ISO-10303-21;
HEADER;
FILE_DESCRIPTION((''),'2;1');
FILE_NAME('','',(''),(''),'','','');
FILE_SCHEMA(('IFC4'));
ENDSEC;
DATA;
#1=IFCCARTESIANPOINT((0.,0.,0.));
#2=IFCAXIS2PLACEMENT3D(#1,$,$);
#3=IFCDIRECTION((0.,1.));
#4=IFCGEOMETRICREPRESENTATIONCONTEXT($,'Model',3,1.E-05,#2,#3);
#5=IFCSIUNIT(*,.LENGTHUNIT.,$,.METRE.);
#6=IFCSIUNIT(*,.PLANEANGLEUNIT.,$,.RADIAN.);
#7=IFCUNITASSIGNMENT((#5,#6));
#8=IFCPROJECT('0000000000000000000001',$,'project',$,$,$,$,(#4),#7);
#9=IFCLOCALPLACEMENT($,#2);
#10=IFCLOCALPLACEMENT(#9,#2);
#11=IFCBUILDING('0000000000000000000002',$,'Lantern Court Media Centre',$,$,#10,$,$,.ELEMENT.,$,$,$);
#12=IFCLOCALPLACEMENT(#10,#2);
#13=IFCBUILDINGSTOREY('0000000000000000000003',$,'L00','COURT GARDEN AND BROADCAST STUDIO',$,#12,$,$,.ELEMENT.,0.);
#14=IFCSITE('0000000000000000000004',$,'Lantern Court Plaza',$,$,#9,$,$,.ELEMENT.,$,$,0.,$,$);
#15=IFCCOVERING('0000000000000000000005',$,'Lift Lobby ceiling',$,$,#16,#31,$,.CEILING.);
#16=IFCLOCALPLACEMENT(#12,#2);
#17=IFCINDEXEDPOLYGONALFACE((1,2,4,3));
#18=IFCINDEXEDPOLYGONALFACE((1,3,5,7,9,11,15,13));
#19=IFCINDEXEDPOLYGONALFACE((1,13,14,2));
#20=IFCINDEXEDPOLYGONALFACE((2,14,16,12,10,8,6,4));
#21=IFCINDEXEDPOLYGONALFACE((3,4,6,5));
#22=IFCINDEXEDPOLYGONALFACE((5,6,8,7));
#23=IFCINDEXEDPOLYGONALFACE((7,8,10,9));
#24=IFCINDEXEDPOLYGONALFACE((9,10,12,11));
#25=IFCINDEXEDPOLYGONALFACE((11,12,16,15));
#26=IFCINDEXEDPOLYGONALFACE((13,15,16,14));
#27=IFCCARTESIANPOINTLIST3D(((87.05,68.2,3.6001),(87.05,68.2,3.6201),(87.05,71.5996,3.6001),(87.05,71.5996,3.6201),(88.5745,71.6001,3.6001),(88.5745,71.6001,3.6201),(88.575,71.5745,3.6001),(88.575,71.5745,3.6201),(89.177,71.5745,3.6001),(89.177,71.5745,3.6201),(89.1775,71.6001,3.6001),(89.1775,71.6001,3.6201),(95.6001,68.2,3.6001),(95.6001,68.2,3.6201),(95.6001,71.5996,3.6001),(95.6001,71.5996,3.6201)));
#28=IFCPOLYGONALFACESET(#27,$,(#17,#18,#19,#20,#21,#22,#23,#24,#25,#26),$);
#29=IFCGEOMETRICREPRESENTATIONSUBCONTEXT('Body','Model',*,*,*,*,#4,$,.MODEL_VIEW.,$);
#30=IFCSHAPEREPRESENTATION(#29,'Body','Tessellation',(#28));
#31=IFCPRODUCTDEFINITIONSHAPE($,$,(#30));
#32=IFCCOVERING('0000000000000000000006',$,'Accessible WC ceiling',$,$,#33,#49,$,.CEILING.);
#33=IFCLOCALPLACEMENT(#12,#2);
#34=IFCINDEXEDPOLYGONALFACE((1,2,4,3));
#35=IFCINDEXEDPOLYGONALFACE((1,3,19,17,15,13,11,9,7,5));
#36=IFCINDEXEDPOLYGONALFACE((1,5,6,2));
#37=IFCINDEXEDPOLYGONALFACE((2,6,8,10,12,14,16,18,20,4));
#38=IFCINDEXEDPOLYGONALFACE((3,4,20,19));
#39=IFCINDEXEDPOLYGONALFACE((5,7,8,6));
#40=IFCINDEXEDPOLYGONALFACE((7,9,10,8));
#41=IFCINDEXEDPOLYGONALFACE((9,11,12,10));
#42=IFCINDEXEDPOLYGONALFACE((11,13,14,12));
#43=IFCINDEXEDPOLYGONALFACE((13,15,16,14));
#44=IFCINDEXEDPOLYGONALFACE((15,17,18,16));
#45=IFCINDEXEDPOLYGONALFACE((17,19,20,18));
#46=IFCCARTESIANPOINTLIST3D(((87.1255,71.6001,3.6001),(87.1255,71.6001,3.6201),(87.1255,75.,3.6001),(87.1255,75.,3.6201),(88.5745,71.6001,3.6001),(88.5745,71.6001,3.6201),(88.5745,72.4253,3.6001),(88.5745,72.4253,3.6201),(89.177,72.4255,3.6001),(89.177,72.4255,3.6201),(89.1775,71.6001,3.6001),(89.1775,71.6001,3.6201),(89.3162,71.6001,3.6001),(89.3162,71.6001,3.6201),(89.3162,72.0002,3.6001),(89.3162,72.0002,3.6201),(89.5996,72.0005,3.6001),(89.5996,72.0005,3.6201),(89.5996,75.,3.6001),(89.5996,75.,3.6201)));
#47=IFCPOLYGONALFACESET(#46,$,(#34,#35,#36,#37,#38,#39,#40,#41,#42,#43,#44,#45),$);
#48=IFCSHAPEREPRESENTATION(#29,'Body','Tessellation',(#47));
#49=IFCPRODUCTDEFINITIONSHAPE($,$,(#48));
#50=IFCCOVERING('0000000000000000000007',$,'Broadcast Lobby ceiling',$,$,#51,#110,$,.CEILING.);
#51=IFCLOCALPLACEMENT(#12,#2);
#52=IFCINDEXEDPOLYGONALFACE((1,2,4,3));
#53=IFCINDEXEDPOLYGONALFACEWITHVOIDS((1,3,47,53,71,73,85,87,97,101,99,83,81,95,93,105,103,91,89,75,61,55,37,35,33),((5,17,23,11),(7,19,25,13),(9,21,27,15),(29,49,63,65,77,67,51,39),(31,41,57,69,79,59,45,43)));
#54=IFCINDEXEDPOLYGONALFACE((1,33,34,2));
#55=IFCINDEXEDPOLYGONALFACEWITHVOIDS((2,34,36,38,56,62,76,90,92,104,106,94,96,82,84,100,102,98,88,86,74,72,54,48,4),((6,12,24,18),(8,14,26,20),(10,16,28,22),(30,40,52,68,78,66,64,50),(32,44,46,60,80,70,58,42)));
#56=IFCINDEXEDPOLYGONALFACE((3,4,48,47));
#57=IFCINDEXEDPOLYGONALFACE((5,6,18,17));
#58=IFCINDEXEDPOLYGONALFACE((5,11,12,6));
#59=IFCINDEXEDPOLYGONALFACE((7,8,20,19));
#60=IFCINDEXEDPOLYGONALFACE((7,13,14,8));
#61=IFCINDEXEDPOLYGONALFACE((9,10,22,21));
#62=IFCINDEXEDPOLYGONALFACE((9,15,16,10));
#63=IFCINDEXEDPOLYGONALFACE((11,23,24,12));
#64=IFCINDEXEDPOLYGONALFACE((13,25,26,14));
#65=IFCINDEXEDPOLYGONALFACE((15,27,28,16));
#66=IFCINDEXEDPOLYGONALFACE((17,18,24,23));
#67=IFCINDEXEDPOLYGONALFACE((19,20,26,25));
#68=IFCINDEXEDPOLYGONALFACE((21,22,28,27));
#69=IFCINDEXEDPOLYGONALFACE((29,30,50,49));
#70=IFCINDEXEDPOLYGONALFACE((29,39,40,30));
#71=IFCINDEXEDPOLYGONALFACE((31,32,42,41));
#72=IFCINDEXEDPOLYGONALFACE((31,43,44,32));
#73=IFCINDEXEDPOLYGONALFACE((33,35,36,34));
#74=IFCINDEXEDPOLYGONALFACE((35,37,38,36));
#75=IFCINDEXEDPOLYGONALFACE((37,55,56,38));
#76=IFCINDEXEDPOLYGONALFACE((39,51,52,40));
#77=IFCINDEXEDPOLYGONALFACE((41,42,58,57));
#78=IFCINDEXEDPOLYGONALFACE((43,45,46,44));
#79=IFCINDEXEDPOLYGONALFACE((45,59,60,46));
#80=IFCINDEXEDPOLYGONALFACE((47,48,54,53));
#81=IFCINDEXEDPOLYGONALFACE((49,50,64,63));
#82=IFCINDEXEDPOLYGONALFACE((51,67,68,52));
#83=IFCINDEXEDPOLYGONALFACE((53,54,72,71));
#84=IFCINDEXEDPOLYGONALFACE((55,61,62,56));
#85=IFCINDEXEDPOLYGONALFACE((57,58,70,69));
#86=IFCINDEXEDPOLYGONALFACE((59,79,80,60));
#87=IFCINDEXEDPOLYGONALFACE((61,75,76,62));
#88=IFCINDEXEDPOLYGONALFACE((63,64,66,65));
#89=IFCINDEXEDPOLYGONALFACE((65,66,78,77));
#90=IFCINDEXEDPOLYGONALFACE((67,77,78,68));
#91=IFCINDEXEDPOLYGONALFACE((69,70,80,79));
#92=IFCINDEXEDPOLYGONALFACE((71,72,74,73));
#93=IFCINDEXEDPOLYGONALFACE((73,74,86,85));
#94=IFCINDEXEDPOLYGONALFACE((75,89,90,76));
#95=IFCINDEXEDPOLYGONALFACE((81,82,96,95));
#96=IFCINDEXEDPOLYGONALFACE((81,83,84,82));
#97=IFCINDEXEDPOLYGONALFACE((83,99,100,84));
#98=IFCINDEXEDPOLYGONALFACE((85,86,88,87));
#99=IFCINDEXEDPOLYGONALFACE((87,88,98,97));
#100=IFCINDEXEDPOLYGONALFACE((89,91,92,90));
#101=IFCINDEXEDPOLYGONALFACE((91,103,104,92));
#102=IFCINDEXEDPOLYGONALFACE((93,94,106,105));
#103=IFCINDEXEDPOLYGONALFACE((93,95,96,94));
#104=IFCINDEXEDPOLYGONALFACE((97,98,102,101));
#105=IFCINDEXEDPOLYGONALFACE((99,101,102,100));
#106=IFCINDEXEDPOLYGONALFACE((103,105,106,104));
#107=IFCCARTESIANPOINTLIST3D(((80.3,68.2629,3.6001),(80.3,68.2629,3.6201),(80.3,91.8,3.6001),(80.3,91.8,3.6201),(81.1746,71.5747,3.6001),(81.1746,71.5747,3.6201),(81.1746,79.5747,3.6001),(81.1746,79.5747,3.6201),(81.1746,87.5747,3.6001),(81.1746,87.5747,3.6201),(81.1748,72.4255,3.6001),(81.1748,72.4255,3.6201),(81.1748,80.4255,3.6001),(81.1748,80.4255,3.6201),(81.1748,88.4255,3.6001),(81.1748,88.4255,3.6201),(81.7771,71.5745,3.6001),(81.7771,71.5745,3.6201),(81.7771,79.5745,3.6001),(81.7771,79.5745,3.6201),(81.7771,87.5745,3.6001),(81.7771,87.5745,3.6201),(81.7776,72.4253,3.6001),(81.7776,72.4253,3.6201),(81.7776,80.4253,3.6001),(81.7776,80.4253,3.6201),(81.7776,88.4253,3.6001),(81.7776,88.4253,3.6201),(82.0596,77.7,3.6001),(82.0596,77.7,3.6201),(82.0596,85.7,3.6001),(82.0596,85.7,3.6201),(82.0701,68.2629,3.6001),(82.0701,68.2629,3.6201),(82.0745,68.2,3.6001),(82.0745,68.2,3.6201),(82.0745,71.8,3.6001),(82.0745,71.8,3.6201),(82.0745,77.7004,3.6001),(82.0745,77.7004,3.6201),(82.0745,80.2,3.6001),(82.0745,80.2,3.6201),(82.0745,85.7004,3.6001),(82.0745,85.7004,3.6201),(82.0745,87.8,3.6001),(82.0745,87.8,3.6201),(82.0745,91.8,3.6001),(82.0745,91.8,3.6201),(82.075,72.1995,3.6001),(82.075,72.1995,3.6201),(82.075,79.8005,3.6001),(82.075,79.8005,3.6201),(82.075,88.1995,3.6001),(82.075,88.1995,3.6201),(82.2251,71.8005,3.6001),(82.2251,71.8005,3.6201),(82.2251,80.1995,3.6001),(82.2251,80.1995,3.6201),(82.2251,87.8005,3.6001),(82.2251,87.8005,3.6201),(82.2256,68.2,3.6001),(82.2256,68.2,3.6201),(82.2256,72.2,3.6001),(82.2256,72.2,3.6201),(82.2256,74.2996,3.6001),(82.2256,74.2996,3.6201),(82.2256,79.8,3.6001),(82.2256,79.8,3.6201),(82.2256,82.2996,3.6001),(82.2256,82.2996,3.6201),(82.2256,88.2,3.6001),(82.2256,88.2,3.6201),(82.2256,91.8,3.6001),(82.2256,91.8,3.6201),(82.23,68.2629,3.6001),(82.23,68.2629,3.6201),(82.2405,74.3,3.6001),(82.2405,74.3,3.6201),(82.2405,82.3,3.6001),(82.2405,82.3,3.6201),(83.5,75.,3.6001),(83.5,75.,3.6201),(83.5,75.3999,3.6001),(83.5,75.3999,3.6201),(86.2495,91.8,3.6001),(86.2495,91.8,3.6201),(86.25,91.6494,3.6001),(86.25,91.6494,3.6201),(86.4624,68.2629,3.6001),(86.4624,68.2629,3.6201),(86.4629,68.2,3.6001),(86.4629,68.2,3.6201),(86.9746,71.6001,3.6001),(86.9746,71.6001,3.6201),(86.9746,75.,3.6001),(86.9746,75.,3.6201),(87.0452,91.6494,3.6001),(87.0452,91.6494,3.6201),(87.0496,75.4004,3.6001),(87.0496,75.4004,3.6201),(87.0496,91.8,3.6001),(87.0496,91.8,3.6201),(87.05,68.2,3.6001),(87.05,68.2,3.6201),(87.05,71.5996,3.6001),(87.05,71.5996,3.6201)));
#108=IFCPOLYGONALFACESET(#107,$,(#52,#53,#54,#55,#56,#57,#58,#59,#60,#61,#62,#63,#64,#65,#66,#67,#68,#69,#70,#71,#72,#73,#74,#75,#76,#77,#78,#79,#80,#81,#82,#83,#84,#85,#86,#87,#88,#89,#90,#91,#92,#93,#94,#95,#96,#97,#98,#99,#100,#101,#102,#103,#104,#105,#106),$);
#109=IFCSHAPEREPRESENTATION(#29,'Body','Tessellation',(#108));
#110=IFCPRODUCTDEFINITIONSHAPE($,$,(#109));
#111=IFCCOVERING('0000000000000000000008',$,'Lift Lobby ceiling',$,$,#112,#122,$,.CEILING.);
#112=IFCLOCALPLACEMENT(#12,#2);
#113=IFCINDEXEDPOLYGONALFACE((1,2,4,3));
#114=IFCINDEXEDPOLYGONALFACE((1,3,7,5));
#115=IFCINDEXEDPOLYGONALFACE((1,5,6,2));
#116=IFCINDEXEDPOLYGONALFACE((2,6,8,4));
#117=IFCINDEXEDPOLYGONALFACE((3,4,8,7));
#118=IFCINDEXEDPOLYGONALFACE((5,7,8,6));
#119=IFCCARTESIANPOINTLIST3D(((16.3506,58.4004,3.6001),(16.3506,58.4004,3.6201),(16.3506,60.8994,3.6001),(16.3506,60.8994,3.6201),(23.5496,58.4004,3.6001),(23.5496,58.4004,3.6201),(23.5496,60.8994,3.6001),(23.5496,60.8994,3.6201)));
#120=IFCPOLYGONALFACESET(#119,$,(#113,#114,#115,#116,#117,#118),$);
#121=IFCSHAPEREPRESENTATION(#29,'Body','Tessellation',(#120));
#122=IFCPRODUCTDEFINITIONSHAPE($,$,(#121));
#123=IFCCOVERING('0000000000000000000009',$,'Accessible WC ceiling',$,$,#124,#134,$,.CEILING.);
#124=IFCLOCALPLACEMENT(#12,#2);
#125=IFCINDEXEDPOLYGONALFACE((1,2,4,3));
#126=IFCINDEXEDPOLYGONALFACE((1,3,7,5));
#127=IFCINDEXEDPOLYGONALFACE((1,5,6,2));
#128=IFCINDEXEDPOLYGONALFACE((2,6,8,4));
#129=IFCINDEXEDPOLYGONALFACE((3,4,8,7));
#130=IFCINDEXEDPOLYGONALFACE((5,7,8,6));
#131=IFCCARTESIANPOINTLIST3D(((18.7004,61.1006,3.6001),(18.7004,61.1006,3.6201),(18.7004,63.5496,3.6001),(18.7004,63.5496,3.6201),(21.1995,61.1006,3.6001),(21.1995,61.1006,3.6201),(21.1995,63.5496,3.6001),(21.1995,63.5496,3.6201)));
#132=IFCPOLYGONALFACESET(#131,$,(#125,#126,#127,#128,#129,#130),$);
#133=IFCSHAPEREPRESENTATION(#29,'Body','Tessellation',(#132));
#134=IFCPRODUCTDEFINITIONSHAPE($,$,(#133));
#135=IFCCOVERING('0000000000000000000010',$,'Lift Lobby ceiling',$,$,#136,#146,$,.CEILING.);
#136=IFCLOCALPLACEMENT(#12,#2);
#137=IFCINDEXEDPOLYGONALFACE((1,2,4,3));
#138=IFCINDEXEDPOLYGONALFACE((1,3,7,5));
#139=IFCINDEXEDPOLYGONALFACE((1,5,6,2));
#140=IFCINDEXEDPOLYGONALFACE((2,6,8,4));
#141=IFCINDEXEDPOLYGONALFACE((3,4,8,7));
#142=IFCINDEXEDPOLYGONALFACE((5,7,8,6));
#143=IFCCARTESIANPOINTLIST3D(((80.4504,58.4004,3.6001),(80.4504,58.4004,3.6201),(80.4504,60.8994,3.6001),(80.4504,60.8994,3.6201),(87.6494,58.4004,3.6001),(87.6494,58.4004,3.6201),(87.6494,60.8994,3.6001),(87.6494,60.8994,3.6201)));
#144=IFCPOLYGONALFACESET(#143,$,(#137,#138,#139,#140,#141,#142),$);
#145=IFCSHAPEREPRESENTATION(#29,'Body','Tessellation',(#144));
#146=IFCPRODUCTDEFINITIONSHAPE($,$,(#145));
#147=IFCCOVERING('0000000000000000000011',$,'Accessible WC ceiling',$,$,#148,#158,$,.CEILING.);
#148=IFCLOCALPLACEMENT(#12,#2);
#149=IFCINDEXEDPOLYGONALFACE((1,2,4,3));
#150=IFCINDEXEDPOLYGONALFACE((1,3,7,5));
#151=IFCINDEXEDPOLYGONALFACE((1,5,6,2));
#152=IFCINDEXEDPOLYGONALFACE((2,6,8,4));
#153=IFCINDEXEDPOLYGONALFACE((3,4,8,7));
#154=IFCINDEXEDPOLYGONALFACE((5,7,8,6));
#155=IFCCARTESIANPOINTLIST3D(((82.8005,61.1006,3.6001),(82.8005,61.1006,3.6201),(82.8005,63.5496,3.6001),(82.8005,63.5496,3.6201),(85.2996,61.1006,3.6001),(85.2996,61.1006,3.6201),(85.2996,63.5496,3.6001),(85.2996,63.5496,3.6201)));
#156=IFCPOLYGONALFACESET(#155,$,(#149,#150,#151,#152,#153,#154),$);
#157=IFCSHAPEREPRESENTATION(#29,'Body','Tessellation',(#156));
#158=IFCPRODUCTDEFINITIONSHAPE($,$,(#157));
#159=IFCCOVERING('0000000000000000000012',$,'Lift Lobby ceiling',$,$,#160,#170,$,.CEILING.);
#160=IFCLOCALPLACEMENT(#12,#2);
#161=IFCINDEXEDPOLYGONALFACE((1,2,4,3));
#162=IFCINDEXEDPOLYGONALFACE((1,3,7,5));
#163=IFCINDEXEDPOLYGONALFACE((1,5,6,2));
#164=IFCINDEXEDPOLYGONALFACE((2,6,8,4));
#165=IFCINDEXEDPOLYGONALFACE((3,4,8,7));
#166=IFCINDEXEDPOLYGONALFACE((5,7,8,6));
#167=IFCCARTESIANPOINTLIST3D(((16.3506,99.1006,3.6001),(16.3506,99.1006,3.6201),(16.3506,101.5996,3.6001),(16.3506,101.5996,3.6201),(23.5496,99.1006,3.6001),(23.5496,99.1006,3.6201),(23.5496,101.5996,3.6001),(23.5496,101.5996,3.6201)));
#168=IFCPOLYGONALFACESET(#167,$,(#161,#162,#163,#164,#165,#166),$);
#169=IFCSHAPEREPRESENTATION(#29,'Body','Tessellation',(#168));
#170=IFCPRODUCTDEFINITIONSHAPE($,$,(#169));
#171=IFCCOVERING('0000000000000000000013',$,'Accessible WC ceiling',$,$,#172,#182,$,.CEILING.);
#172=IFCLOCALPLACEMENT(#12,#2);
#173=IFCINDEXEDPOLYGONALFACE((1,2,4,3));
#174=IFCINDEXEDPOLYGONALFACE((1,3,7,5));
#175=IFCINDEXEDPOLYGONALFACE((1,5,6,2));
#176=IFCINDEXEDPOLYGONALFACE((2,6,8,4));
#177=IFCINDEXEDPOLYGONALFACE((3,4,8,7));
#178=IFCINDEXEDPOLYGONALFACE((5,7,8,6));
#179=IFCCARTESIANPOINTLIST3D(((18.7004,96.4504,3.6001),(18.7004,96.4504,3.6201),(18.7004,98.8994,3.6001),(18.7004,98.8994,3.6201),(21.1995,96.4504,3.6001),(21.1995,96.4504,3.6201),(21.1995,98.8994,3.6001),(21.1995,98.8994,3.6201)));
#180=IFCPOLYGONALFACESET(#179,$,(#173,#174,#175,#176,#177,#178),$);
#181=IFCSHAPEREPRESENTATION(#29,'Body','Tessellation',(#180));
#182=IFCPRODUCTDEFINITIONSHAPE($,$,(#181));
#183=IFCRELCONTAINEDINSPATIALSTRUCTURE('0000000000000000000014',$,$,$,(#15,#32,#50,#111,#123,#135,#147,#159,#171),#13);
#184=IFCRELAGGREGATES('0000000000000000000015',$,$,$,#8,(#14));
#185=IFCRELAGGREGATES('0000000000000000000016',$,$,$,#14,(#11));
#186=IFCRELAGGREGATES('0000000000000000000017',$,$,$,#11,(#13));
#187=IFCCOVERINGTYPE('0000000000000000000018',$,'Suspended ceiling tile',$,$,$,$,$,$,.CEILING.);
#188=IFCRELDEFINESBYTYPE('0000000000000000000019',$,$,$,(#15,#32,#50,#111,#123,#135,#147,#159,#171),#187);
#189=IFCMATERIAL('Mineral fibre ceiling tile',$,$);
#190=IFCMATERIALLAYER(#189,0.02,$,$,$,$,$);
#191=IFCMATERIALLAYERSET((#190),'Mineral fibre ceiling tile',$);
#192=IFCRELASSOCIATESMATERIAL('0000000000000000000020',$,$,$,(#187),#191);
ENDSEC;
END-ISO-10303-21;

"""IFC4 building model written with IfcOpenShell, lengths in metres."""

from ifc_helpers import new_model, si_unit, direction, frame, origin, place, context, subcontext, project, spatial, polyline, outline, extrude, material, layer, layer_set, type_object, element, save


model = new_model("IFC4")

# Units and contexts
model_context = context("Model", 3, precision=1e-05, world=origin(), true_north=direction((0.0, 1.0)))
body_context = subcontext(model_context, "Body", "Model", "MODEL_VIEW")
ifc_project = project(units=[si_unit("LENGTHUNIT", "METRE"), si_unit("PLANEANGLEUNIT", "RADIAN")], contexts=[model_context])

# Site, building, storey
site_placement = place(None, origin())
site = spatial("IfcSite", under=ifc_project, at=site_placement, Name="Lantern Court Plaza", CompositionType="ELEMENT", RefElevation=0.0)
building_placement = place(site_placement, origin())
building = spatial("IfcBuilding", under=site, at=building_placement, Name="Lantern Court Media Centre", CompositionType="ELEMENT")
storey_placement = place(building_placement, origin())
storey = spatial("IfcBuildingStorey", under=building, at=storey_placement, Name="L00", Description="COURT GARDEN AND BROADCAST STUDIO", CompositionType="ELEMENT", Elevation=0.0)

# Coverings
ifc_material_1 = material(Name="Mineral fibre ceiling tile")
ifc_layer_1 = layer(ifc_material_1, 0.02)
ifc_layer_set_1 = layer_set([ifc_layer_1], Name="Mineral fibre ceiling tile")
covering_type_1 = type_object("IfcCoveringType", Name="Suspended ceiling tile", PredefinedType="CEILING", material=ifc_layer_set_1)
covering_1_placement = place(storey_placement, frame((0.0, 0.0, 3.6001)))
element("IfcCovering", 1, at=covering_1_placement, inside=storey, type_object=covering_type_1, Name="Lift Lobby ceiling", PredefinedType="CEILING", context=body_context, shape_type="SweptSolid", body=[
    extrude(outline(polyline([(95.6001, 68.2), (87.05, 68.2), (87.05, 71.5996), (88.5745, 71.6001), (88.575, 71.5745), (89.177, 71.5745), (89.1775, 71.6001), (95.6001, 71.5996), (95.6001, 68.2)])), origin(), (0.0, 0.0, 1.0), 0.02),
])
covering_2_placement = place(storey_placement, frame((0.0, 0.0, 3.6001)))
element("IfcCovering", 2, at=covering_2_placement, inside=storey, type_object=covering_type_1, Name="Accessible WC ceiling", PredefinedType="CEILING", context=body_context, shape_type="SweptSolid", body=[
    extrude(outline(polyline([(89.5996, 75.0), (89.5996, 72.0005), (89.3162, 72.0002), (89.3162, 71.6001), (89.1775, 71.6001), (89.177, 72.4255), (88.5745, 72.4253), (88.5745, 71.6001), (87.1255, 71.6001), (87.1255, 75.0), (89.5996, 75.0)])), origin(), (0.0, 0.0, 1.0), 0.02),
])
covering_3_placement = place(storey_placement, frame((0.0, 0.0, 3.6001)))
element("IfcCovering", 3, at=covering_3_placement, inside=storey, type_object=covering_type_1, Name="Broadcast Lobby ceiling", PredefinedType="CEILING", context=body_context, shape_type="SweptSolid", body=[
    extrude(outline(polyline([(83.5, 75.3999), (83.5, 75.0), (86.9746, 75.0), (86.9746, 71.6001), (87.05, 71.5996), (87.05, 68.2), (86.4629, 68.2), (86.4624, 68.2629), (82.23, 68.2629), (82.2256, 68.2), (82.2251, 71.8005), (82.0745, 71.8), (82.0745, 68.2), (82.0701, 68.2629), (80.3, 68.2629), (80.3, 91.8), (82.0745, 91.8), (82.075, 88.1995), (82.2256, 88.2), (82.2256, 91.8), (86.2495, 91.8), (86.25, 91.6494), (87.0452, 91.6494), (87.0496, 91.8), (87.0496, 75.4004), (83.5, 75.3999)]), holes=[polyline([(82.0745, 85.7004), (82.0596, 85.7), (82.0745, 80.2), (82.2251, 80.1995), (82.2256, 82.2996), (82.2405, 82.3), (82.2251, 87.8005), (82.0745, 87.8), (82.0745, 85.7004)]), polyline([(82.2256, 74.2996), (82.2405, 74.3), (82.2256, 79.8), (82.075, 79.8005), (82.0745, 77.7004), (82.0596, 77.7), (82.075, 72.1995), (82.2256, 72.2), (82.2256, 74.2996)]), polyline([(81.7771, 87.5745), (81.7776, 88.4253), (81.1748, 88.4255), (81.1746, 87.5747), (81.7771, 87.5745)]), polyline([(81.7771, 79.5745), (81.7776, 80.4253), (81.1748, 80.4255), (81.1746, 79.5747), (81.7771, 79.5745)]), polyline([(81.7771, 71.5745), (81.7776, 72.4253), (81.1748, 72.4255), (81.1746, 71.5747), (81.7771, 71.5745)])]), origin(), (0.0, 0.0, 1.0), 0.02),
])
covering_4_placement = place(storey_placement, frame((0.0, 0.0, 3.6001)))
element("IfcCovering", 4, at=covering_4_placement, inside=storey, type_object=covering_type_1, Name="Lift Lobby ceiling", PredefinedType="CEILING", context=body_context, shape_type="SweptSolid", body=[
    extrude(outline(polyline([(16.3506, 60.8994), (23.5496, 60.8994), (23.5496, 58.4004), (16.3506, 58.4004), (16.3506, 60.8994)])), origin(), (0.0, 0.0, 1.0), 0.02),
])
covering_5_placement = place(storey_placement, frame((0.0, 0.0, 3.6001)))
element("IfcCovering", 5, at=covering_5_placement, inside=storey, type_object=covering_type_1, Name="Accessible WC ceiling", PredefinedType="CEILING", context=body_context, shape_type="SweptSolid", body=[
    extrude(outline(polyline([(21.1995, 61.1006), (18.7004, 61.1006), (18.7004, 63.5496), (21.1995, 63.5496), (21.1995, 61.1006)])), origin(), (0.0, 0.0, 1.0), 0.02),
])
covering_6_placement = place(storey_placement, frame((0.0, 0.0, 3.6001)))
element("IfcCovering", 6, at=covering_6_placement, inside=storey, type_object=covering_type_1, Name="Lift Lobby ceiling", PredefinedType="CEILING", context=body_context, shape_type="SweptSolid", body=[
    extrude(outline(polyline([(80.4504, 58.4004), (80.4504, 60.8994), (87.6494, 60.8994), (87.6494, 58.4004), (80.4504, 58.4004)])), origin(), (0.0, 0.0, 1.0), 0.02),
])
covering_7_placement = place(storey_placement, frame((0.0, 0.0, 3.6001)))
element("IfcCovering", 7, at=covering_7_placement, inside=storey, type_object=covering_type_1, Name="Accessible WC ceiling", PredefinedType="CEILING", context=body_context, shape_type="SweptSolid", body=[
    extrude(outline(polyline([(85.2996, 63.5496), (85.2996, 61.1006), (82.8005, 61.1006), (82.8005, 63.5496), (85.2996, 63.5496)])), origin(), (0.0, 0.0, 1.0), 0.02),
])
covering_8_placement = place(storey_placement, frame((0.0, 0.0, 3.6001)))
element("IfcCovering", 8, at=covering_8_placement, inside=storey, type_object=covering_type_1, Name="Lift Lobby ceiling", PredefinedType="CEILING", context=body_context, shape_type="SweptSolid", body=[
    extrude(outline(polyline([(16.3506, 101.5996), (23.5496, 101.5996), (23.5496, 99.1006), (16.3506, 99.1006), (16.3506, 101.5996)])), origin(), (0.0, 0.0, 1.0), 0.02),
])
covering_9_placement = place(storey_placement, frame((0.0, 0.0, 3.6001)))
element("IfcCovering", 9, at=covering_9_placement, inside=storey, type_object=covering_type_1, Name="Accessible WC ceiling", PredefinedType="CEILING", context=body_context, shape_type="SweptSolid", body=[
    extrude(outline(polyline([(18.7004, 98.8994), (21.1995, 98.8994), (21.1995, 96.4504), (18.7004, 96.4504), (18.7004, 98.8994)])), origin(), (0.0, 0.0, 1.0), 0.02),
])

save(model, "model.ifc")
